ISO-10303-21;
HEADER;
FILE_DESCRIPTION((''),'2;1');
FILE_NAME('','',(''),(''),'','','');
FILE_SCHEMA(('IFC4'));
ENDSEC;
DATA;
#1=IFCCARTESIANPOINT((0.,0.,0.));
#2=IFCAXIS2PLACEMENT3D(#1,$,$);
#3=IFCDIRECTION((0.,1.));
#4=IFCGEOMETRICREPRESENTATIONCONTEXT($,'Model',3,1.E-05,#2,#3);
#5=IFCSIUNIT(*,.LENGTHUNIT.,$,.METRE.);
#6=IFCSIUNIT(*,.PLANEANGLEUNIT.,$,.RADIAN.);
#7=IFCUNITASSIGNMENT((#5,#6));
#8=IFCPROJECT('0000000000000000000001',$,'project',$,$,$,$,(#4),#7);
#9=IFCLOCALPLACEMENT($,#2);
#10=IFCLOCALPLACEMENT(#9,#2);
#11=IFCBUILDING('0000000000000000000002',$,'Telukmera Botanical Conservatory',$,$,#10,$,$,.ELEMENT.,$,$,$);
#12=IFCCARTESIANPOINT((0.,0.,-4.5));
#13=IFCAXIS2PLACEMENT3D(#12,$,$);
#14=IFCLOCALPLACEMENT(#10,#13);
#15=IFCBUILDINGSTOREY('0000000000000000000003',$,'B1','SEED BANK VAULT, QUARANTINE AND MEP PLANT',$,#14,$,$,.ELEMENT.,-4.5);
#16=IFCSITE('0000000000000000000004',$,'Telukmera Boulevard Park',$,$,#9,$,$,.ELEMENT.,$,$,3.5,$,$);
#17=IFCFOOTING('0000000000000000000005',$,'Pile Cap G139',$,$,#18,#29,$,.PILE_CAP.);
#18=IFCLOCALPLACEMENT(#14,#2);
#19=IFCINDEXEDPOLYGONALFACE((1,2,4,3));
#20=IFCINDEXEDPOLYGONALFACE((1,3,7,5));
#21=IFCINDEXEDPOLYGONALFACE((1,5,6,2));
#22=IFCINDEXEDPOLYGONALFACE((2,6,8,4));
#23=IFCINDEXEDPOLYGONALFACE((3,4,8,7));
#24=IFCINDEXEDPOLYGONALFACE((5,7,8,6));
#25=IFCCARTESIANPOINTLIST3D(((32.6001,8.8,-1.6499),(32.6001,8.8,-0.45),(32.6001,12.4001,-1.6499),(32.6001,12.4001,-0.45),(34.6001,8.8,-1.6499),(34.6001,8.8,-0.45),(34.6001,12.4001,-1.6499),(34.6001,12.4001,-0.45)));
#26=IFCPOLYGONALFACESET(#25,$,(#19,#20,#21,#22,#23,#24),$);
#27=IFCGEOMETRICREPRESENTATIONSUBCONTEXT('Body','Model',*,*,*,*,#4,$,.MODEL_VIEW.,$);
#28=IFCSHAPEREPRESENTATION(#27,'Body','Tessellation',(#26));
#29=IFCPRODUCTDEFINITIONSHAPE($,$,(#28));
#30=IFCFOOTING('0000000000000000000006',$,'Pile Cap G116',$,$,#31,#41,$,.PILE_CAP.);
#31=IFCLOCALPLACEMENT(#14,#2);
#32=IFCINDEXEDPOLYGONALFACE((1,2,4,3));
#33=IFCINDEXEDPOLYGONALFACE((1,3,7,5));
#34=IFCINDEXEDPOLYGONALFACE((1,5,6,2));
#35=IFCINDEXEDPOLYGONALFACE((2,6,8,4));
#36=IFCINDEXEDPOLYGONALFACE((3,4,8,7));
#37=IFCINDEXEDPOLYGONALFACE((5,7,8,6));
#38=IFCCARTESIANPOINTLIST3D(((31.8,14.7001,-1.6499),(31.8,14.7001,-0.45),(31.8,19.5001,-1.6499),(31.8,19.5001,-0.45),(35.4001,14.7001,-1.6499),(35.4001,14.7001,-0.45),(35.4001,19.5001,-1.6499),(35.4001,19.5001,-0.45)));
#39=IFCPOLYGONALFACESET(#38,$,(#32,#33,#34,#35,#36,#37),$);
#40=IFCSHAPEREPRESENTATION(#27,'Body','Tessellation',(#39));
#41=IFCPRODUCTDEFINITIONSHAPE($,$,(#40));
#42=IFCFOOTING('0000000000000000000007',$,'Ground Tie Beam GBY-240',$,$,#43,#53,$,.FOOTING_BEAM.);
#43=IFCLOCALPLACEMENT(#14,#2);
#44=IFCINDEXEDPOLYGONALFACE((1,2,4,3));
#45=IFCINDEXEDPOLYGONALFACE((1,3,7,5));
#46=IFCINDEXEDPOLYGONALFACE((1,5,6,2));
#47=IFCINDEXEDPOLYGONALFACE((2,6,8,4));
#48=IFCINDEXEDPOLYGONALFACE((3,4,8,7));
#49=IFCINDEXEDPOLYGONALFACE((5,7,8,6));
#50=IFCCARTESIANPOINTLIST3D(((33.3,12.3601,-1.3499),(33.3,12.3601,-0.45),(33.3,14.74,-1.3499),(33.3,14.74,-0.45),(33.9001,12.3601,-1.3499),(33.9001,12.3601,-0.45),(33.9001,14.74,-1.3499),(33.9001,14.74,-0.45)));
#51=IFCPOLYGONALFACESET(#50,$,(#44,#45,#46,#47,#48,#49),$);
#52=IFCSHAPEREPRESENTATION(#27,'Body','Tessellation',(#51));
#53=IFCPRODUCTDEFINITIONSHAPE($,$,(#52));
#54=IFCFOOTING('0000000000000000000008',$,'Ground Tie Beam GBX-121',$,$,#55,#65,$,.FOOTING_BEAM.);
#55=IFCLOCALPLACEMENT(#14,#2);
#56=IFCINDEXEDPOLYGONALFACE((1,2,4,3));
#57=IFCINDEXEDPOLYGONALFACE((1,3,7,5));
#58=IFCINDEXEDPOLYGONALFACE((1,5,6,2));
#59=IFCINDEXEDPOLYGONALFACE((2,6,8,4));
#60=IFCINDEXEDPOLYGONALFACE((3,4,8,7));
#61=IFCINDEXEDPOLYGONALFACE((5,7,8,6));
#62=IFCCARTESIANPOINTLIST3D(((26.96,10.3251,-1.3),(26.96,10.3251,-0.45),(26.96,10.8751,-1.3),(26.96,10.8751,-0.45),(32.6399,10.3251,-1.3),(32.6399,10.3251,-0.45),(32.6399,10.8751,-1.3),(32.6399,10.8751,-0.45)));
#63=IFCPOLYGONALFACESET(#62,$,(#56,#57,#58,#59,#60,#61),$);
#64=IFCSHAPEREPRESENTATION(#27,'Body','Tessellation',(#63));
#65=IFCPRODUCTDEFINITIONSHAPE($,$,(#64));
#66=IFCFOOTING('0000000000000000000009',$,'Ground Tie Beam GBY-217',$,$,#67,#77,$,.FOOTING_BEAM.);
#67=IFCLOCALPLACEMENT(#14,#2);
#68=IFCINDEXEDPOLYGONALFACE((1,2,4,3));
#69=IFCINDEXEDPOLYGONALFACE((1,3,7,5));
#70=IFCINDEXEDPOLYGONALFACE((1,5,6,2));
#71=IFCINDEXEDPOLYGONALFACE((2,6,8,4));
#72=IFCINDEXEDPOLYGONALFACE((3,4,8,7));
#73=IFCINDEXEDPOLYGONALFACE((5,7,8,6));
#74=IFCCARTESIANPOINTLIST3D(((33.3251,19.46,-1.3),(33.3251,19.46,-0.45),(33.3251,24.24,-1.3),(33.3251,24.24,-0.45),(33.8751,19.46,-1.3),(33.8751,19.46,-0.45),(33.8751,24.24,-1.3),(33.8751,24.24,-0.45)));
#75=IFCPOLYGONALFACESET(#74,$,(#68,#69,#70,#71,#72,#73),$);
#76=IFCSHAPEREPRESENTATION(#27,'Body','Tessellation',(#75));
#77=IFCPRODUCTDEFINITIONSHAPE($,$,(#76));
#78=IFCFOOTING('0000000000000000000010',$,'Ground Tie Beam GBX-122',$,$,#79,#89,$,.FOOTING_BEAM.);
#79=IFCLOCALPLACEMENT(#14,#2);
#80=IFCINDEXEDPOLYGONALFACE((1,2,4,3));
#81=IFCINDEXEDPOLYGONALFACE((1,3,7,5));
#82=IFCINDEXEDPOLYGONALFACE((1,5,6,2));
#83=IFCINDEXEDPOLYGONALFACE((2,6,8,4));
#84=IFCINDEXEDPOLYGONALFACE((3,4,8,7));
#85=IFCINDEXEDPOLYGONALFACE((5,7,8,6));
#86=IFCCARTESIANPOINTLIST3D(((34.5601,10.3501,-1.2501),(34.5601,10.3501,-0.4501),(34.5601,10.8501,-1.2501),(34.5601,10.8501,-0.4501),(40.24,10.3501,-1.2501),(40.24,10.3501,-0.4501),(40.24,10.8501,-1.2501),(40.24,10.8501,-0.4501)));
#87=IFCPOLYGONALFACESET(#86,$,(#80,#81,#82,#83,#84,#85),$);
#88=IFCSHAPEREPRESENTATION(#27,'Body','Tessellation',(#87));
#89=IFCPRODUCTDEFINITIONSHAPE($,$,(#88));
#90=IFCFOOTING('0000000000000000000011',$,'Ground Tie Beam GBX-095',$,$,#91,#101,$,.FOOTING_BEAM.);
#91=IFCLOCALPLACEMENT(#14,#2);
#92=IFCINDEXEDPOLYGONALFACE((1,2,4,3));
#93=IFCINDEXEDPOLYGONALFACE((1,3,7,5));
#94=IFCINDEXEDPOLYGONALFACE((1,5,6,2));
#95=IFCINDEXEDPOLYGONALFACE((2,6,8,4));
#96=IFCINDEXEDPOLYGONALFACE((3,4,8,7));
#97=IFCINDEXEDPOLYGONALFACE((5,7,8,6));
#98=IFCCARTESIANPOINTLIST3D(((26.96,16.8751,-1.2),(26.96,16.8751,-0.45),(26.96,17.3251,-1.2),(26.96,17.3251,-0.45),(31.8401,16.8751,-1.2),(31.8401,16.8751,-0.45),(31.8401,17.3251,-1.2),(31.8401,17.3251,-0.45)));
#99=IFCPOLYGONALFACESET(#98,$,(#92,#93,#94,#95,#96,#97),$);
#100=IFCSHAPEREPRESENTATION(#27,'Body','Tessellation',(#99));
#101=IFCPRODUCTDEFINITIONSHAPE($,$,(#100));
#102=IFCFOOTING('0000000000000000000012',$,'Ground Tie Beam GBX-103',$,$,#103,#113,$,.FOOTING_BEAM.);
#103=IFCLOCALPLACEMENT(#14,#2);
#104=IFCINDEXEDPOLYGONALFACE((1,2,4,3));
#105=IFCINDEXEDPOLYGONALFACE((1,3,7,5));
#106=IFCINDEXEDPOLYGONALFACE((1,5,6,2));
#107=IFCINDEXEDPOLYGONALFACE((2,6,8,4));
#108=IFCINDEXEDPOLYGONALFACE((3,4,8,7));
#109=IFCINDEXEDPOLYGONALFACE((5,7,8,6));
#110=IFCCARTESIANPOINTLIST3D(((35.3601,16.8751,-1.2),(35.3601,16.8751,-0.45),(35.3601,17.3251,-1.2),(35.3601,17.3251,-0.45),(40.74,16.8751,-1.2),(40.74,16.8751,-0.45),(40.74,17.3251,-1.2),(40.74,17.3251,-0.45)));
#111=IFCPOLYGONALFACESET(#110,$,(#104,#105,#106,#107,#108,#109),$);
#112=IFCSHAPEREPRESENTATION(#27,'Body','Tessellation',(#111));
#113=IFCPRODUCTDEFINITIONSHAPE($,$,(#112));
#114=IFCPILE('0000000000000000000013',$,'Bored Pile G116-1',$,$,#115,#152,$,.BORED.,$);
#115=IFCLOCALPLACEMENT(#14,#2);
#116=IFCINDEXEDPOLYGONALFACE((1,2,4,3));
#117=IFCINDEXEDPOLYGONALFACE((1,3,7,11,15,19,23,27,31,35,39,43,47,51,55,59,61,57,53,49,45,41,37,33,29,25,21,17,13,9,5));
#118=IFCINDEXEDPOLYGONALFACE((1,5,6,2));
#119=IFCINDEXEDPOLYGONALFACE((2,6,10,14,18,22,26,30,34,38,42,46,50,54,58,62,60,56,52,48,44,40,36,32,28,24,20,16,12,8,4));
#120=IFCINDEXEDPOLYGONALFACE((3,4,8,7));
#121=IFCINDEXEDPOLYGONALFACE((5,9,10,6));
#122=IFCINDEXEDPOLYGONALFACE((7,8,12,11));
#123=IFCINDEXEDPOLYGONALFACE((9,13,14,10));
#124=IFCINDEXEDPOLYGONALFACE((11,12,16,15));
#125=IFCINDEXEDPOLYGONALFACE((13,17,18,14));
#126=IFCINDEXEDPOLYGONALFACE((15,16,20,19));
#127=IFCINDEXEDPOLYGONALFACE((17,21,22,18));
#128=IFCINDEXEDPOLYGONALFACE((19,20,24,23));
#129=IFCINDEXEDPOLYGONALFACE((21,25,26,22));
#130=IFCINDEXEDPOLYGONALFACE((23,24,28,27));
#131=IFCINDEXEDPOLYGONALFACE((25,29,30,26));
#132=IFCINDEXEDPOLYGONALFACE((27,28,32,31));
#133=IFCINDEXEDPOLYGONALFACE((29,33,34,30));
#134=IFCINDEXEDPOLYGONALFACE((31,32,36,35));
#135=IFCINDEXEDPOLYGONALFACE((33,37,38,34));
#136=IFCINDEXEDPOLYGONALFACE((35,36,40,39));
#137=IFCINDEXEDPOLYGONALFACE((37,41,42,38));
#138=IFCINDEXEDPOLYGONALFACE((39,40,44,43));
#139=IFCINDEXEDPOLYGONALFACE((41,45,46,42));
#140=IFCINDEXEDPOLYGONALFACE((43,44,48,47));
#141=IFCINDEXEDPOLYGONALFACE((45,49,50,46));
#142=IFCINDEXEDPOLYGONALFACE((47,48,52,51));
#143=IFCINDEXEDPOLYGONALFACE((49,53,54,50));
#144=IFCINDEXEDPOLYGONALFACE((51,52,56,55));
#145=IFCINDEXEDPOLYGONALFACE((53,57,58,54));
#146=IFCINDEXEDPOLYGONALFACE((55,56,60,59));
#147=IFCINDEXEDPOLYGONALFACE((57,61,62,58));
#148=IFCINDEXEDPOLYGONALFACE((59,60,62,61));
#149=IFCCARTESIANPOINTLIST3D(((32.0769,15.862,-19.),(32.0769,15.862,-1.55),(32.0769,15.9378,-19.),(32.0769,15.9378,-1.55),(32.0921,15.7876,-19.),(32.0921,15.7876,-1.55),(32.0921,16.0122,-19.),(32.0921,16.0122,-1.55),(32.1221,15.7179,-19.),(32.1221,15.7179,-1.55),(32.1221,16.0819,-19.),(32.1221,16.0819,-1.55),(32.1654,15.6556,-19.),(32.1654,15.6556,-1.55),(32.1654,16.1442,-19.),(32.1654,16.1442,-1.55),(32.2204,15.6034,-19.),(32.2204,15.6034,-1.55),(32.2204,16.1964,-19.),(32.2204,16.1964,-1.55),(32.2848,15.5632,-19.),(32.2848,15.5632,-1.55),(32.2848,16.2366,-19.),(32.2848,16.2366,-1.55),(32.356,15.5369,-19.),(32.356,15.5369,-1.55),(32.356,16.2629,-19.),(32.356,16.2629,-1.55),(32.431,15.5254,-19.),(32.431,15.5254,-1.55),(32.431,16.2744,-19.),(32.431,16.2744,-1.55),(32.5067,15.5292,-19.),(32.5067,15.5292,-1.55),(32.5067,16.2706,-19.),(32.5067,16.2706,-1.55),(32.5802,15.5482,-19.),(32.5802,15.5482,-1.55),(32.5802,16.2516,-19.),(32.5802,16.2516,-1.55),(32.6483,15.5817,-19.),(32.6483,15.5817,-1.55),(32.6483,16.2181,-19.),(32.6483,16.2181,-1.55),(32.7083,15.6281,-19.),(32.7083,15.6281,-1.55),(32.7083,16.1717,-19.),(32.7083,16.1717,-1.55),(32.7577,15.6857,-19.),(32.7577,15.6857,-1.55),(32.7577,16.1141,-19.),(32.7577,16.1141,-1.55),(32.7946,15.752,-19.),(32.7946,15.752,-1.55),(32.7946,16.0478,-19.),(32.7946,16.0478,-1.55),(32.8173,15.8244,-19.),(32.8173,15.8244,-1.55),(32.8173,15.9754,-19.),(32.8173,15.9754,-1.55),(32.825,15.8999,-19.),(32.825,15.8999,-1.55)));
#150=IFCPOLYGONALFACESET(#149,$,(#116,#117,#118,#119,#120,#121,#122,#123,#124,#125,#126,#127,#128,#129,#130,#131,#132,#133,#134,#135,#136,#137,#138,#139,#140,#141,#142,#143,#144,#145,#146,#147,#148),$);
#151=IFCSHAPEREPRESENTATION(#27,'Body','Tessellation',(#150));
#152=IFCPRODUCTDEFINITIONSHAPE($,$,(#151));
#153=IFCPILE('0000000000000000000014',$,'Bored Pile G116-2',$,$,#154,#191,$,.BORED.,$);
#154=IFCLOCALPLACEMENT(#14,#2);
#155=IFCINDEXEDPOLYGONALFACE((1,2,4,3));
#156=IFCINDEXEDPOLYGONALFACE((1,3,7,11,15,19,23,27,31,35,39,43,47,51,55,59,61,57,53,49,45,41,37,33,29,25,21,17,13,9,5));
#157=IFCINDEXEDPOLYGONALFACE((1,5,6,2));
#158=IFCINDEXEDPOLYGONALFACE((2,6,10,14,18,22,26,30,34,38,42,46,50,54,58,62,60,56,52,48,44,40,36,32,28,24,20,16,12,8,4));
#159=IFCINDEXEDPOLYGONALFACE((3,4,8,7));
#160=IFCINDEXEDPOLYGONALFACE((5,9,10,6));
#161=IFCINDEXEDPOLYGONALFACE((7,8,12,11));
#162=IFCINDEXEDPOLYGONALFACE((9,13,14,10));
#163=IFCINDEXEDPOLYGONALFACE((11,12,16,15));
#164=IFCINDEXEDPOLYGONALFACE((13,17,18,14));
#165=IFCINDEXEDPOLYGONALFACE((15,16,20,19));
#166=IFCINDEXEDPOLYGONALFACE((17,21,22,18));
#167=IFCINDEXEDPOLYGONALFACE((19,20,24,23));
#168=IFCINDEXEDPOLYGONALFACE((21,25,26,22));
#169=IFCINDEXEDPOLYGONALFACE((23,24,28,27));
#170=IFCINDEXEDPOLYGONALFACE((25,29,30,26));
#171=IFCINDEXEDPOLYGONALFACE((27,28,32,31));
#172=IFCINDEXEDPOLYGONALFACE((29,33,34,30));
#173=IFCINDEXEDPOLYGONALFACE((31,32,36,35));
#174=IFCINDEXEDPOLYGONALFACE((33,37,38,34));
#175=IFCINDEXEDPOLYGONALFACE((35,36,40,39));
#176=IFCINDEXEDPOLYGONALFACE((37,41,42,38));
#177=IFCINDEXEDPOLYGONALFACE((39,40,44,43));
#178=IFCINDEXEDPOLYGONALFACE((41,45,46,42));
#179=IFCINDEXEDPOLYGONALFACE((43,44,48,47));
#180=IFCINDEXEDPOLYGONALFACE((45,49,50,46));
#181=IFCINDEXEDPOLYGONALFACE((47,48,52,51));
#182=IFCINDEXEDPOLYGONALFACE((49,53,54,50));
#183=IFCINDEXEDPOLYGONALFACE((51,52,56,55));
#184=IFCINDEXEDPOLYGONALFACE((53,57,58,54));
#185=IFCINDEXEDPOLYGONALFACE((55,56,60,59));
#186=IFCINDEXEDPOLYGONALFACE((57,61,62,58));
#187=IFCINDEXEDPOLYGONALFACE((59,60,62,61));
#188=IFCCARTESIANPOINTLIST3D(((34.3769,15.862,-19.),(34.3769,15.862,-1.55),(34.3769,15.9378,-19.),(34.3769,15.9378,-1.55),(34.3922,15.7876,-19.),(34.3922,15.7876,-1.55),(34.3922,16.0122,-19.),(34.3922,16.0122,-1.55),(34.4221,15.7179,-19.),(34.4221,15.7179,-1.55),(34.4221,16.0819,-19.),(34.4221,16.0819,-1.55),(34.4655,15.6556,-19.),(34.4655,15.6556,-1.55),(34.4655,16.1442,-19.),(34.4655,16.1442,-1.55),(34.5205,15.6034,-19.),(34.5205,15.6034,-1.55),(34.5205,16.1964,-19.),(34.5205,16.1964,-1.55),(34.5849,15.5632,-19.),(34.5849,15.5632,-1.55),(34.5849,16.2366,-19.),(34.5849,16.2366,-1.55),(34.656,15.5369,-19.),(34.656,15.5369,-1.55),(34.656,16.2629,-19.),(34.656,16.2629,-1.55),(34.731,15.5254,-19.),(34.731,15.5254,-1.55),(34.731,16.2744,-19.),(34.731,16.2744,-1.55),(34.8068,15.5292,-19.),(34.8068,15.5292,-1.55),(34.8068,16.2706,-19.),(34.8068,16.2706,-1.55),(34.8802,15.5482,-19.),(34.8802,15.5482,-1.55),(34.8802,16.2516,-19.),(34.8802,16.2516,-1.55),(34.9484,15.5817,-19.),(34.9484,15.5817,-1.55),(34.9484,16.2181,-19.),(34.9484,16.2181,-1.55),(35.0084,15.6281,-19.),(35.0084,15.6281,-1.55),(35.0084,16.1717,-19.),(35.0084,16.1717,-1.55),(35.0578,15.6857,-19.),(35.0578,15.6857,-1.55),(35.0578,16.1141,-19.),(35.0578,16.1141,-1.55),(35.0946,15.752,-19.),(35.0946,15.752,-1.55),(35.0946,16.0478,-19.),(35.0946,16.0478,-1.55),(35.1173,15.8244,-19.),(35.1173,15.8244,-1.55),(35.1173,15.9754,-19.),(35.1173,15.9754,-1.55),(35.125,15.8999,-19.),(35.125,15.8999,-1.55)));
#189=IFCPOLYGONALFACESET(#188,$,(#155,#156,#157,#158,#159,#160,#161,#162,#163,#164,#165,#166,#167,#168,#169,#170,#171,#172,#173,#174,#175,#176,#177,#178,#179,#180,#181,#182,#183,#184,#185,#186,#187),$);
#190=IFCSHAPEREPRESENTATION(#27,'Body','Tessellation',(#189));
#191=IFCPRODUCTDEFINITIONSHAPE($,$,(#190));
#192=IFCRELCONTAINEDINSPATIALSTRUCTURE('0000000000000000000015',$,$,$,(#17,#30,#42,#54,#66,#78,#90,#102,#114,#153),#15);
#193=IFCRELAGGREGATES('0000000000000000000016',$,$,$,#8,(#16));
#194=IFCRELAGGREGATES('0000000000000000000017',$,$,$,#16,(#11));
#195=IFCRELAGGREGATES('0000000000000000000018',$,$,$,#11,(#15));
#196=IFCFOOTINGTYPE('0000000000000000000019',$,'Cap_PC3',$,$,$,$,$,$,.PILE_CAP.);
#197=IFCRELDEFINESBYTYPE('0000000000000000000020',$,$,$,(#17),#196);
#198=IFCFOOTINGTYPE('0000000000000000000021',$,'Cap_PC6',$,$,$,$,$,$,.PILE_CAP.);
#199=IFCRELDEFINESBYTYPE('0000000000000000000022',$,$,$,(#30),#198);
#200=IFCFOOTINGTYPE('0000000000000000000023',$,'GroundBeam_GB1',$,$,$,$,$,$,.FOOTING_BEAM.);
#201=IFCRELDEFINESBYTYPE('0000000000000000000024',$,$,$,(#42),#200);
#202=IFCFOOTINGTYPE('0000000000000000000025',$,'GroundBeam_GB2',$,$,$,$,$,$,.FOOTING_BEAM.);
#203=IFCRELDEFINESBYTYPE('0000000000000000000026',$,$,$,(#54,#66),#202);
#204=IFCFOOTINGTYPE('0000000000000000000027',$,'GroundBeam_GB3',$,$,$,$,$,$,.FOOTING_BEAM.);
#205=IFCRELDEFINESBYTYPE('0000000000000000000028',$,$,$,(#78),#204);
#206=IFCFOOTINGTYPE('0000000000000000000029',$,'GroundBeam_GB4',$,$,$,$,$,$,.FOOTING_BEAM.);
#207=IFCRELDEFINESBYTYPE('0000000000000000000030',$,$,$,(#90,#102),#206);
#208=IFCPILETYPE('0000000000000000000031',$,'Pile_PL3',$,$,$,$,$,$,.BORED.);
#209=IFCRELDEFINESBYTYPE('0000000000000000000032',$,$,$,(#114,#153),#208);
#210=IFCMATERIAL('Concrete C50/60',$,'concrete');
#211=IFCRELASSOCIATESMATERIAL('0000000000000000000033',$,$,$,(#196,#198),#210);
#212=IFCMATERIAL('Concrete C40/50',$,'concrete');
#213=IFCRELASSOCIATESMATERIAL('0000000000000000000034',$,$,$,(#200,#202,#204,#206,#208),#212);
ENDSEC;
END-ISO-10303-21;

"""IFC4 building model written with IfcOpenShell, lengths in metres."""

from ifc_helpers import new_model, si_unit, direction, frame, origin, origin_2d, place, context, subcontext, project, spatial, rectangle, circle, extrude, material, material_profile, profile_set, type_object, element, save


model = new_model("IFC4")

# Units and contexts
model_context = context("Model", 3, precision=1e-05, world=origin(), true_north=direction((0.0, 1.0)))
body_context = subcontext(model_context, "Body", "Model", "MODEL_VIEW")
ifc_project = project(units=[si_unit("LENGTHUNIT", "METRE"), si_unit("PLANEANGLEUNIT", "RADIAN")], contexts=[model_context])

# Site, building, storey
site_placement = place(None, origin())
site = spatial("IfcSite", under=ifc_project, at=site_placement, Name="Telukmera Boulevard Park", CompositionType="ELEMENT", RefElevation=3.5)
building_placement = place(site_placement, origin())
building = spatial("IfcBuilding", under=site, at=building_placement, Name="Telukmera Botanical Conservatory", CompositionType="ELEMENT")
storey_placement = place(building_placement, frame((0.0, 0.0, -4.5)))
storey = spatial("IfcBuildingStorey", under=building, at=storey_placement, Name="B1", Description="SEED BANK VAULT, QUARANTINE AND MEP PLANT", CompositionType="ELEMENT", Elevation=-4.5)

# Footings
ifc_material_1 = material(Name="Concrete C50/60", Category="concrete")
footing_type_1 = type_object("IfcFootingType", Name="Cap_PC3", PredefinedType="PILE_CAP", material=ifc_material_1)
footing_1_placement = place(storey_placement, frame((33.6001, 10.6001, -1.6499), z_axis=(0.0, 0.0, 1.0), x_axis=(1.0, 0.0, 0.0)))
element("IfcFooting", 1, at=footing_1_placement, inside=storey, type_object=footing_type_1, Name="Pile Cap G139", PredefinedType="PILE_CAP", context=body_context, shape_type="SweptSolid", body=[
    extrude(rectangle(XDim=2.0, YDim=3.6001, at=origin_2d()), origin(), (0.0, 0.0, 1.0), 1.2),
])
footing_type_2 = type_object("IfcFootingType", Name="Cap_PC6", PredefinedType="PILE_CAP", material=ifc_material_1)
footing_2_placement = place(storey_placement, frame((33.6001, 17.1001, -1.6499), z_axis=(0.0, 0.0, 1.0), x_axis=(1.0, 0.0, 0.0)))
element("IfcFooting", 2, at=footing_2_placement, inside=storey, type_object=footing_type_2, Name="Pile Cap G116", PredefinedType="PILE_CAP", context=body_context, shape_type="SweptSolid", body=[
    extrude(rectangle(XDim=3.6001, YDim=4.8, at=origin_2d()), origin(), (0.0, 0.0, 1.0), 1.2),
])
ifc_material_2 = material(Name="Concrete C40/50", Category="concrete")
ifc_material_profile_1 = material_profile(ifc_material_2, rectangle(XDim=0.6001, YDim=0.8999, at=origin_2d()), Name="RC 600x900")
ifc_profile_set_1 = profile_set([ifc_material_profile_1], Name="Concrete C40/50")
footing_type_3 = type_object("IfcFootingType", Name="GroundBeam_GB1", PredefinedType="FOOTING_BEAM", material=ifc_profile_set_1)
footing_3_placement = place(storey_placement, frame((33.6001, 12.3601, -0.8999), z_axis=(0.0, 1.0, 0.0), x_axis=(-1.0, 0.0, 0.0)))
element("IfcFooting", 3, at=footing_3_placement, inside=storey, type_object=footing_type_3, Name="Ground Tie Beam GBY-240", PredefinedType="FOOTING_BEAM", context=body_context, shape_type="SweptSolid", body=[
    extrude(rectangle(XDim=0.6001, YDim=0.8999, at=origin_2d()), origin(), (0.0, 0.0, 1.0), 2.3799),
])
ifc_material_profile_2 = material_profile(ifc_material_2, rectangle(XDim=0.55, YDim=0.8501, at=origin_2d()), Name="RC 550x850")
ifc_profile_set_2 = profile_set([ifc_material_profile_2], Name="Concrete C40/50")
footing_type_4 = type_object("IfcFootingType", Name="GroundBeam_GB2", PredefinedType="FOOTING_BEAM", material=ifc_profile_set_2)
footing_4_placement = place(storey_placement, frame((26.96, 10.6001, -0.875), z_axis=(1.0, 0.0, 0.0), x_axis=(0.0, 1.0, 0.0)))
element("IfcFooting", 4, at=footing_4_placement, inside=storey, type_object=footing_type_4, Name="Ground Tie Beam GBX-121", PredefinedType="FOOTING_BEAM", context=body_context, shape_type="SweptSolid", body=[
    extrude(rectangle(XDim=0.55, YDim=0.8501, at=origin_2d()), origin(), (0.0, 0.0, 1.0), 5.6799),
])
footing_5_placement = place(storey_placement, frame((33.6001, 19.46, -0.875), z_axis=(0.0, 1.0, 0.0), x_axis=(-1.0, 0.0, 0.0)))
element("IfcFooting", 5, at=footing_5_placement, inside=storey, type_object=footing_type_4, Name="Ground Tie Beam GBY-217", PredefinedType="FOOTING_BEAM", context=body_context, shape_type="SweptSolid", body=[
    extrude(rectangle(XDim=0.55, YDim=0.8501, at=origin_2d()), origin(), (0.0, 0.0, 1.0), 4.78),
])
ifc_material_profile_3 = material_profile(ifc_material_2, rectangle(XDim=0.5, YDim=0.8, at=origin_2d()), Name="RC 500x800")
ifc_profile_set_3 = profile_set([ifc_material_profile_3], Name="Concrete C40/50")
footing_type_5 = type_object("IfcFootingType", Name="GroundBeam_GB3", PredefinedType="FOOTING_BEAM", material=ifc_profile_set_3)
footing_6_placement = place(storey_placement, frame((34.5601, 10.6001, -0.8501), z_axis=(1.0, 0.0, 0.0), x_axis=(0.0, 1.0, 0.0)))
element("IfcFooting", 6, at=footing_6_placement, inside=storey, type_object=footing_type_5, Name="Ground Tie Beam GBX-122", PredefinedType="FOOTING_BEAM", context=body_context, shape_type="SweptSolid", body=[
    extrude(rectangle(XDim=0.5, YDim=0.8, at=origin_2d()), origin(), (0.0, 0.0, 1.0), 5.6799),
])
ifc_material_profile_4 = material_profile(ifc_material_2, rectangle(XDim=0.45, YDim=0.75, at=origin_2d()), Name="RC 450x750")
ifc_profile_set_4 = profile_set([ifc_material_profile_4], Name="Concrete C40/50")
footing_type_6 = type_object("IfcFootingType", Name="GroundBeam_GB4", PredefinedType="FOOTING_BEAM", material=ifc_profile_set_4)
footing_7_placement = place(storey_placement, frame((26.96, 17.1001, -0.825), z_axis=(1.0, 0.0, 0.0), x_axis=(0.0, 1.0, 0.0)))
element("IfcFooting", 7, at=footing_7_placement, inside=storey, type_object=footing_type_6, Name="Ground Tie Beam GBX-095", PredefinedType="FOOTING_BEAM", context=body_context, shape_type="SweptSolid", body=[
    extrude(rectangle(XDim=0.45, YDim=0.75, at=origin_2d()), origin(), (0.0, 0.0, 1.0), 4.8801),
])
footing_8_placement = place(storey_placement, frame((35.3601, 17.1001, -0.825), z_axis=(1.0, 0.0, 0.0), x_axis=(0.0, 1.0, 0.0)))
element("IfcFooting", 8, at=footing_8_placement, inside=storey, type_object=footing_type_6, Name="Ground Tie Beam GBX-103", PredefinedType="FOOTING_BEAM", context=body_context, shape_type="SweptSolid", body=[
    extrude(rectangle(XDim=0.45, YDim=0.75, at=origin_2d()), origin(), (0.0, 0.0, 1.0), 5.3799),
])

# Piles
ifc_material_profile_5 = material_profile(ifc_material_2, circle(Radius=0.375, at=origin_2d()), Name="PILE D750")
ifc_profile_set_5 = profile_set([ifc_material_profile_5], Name="Concrete C40/50")
pile_type = type_object("IfcPileType", Name="Pile_PL3", PredefinedType="BORED", material=ifc_profile_set_5)
for number, where, z_axis, x_axis, name in (
    (9, (32.45, 15.8999, -1.55), (0.0, 0.0, -1.0), (1.0, 0.0, 0.0), "Bored Pile G116-1"),
    (10, (34.75, 15.8999, -1.55), (0.0, 0.0, -1.0), (1.0, 0.0, 0.0), "Bored Pile G116-2"),
):
    element("IfcPile", number, at=place(storey_placement, frame(where, z_axis=z_axis, x_axis=x_axis)), inside=storey, type_object=pile_type, Name=name, PredefinedType="BORED", context=body_context, shape_type="SweptSolid", body=[
        extrude(circle(Radius=0.375, at=origin_2d()), origin(), (0.0, 0.0, 1.0), 17.45),
    ])

save(model, "model.ifc")
